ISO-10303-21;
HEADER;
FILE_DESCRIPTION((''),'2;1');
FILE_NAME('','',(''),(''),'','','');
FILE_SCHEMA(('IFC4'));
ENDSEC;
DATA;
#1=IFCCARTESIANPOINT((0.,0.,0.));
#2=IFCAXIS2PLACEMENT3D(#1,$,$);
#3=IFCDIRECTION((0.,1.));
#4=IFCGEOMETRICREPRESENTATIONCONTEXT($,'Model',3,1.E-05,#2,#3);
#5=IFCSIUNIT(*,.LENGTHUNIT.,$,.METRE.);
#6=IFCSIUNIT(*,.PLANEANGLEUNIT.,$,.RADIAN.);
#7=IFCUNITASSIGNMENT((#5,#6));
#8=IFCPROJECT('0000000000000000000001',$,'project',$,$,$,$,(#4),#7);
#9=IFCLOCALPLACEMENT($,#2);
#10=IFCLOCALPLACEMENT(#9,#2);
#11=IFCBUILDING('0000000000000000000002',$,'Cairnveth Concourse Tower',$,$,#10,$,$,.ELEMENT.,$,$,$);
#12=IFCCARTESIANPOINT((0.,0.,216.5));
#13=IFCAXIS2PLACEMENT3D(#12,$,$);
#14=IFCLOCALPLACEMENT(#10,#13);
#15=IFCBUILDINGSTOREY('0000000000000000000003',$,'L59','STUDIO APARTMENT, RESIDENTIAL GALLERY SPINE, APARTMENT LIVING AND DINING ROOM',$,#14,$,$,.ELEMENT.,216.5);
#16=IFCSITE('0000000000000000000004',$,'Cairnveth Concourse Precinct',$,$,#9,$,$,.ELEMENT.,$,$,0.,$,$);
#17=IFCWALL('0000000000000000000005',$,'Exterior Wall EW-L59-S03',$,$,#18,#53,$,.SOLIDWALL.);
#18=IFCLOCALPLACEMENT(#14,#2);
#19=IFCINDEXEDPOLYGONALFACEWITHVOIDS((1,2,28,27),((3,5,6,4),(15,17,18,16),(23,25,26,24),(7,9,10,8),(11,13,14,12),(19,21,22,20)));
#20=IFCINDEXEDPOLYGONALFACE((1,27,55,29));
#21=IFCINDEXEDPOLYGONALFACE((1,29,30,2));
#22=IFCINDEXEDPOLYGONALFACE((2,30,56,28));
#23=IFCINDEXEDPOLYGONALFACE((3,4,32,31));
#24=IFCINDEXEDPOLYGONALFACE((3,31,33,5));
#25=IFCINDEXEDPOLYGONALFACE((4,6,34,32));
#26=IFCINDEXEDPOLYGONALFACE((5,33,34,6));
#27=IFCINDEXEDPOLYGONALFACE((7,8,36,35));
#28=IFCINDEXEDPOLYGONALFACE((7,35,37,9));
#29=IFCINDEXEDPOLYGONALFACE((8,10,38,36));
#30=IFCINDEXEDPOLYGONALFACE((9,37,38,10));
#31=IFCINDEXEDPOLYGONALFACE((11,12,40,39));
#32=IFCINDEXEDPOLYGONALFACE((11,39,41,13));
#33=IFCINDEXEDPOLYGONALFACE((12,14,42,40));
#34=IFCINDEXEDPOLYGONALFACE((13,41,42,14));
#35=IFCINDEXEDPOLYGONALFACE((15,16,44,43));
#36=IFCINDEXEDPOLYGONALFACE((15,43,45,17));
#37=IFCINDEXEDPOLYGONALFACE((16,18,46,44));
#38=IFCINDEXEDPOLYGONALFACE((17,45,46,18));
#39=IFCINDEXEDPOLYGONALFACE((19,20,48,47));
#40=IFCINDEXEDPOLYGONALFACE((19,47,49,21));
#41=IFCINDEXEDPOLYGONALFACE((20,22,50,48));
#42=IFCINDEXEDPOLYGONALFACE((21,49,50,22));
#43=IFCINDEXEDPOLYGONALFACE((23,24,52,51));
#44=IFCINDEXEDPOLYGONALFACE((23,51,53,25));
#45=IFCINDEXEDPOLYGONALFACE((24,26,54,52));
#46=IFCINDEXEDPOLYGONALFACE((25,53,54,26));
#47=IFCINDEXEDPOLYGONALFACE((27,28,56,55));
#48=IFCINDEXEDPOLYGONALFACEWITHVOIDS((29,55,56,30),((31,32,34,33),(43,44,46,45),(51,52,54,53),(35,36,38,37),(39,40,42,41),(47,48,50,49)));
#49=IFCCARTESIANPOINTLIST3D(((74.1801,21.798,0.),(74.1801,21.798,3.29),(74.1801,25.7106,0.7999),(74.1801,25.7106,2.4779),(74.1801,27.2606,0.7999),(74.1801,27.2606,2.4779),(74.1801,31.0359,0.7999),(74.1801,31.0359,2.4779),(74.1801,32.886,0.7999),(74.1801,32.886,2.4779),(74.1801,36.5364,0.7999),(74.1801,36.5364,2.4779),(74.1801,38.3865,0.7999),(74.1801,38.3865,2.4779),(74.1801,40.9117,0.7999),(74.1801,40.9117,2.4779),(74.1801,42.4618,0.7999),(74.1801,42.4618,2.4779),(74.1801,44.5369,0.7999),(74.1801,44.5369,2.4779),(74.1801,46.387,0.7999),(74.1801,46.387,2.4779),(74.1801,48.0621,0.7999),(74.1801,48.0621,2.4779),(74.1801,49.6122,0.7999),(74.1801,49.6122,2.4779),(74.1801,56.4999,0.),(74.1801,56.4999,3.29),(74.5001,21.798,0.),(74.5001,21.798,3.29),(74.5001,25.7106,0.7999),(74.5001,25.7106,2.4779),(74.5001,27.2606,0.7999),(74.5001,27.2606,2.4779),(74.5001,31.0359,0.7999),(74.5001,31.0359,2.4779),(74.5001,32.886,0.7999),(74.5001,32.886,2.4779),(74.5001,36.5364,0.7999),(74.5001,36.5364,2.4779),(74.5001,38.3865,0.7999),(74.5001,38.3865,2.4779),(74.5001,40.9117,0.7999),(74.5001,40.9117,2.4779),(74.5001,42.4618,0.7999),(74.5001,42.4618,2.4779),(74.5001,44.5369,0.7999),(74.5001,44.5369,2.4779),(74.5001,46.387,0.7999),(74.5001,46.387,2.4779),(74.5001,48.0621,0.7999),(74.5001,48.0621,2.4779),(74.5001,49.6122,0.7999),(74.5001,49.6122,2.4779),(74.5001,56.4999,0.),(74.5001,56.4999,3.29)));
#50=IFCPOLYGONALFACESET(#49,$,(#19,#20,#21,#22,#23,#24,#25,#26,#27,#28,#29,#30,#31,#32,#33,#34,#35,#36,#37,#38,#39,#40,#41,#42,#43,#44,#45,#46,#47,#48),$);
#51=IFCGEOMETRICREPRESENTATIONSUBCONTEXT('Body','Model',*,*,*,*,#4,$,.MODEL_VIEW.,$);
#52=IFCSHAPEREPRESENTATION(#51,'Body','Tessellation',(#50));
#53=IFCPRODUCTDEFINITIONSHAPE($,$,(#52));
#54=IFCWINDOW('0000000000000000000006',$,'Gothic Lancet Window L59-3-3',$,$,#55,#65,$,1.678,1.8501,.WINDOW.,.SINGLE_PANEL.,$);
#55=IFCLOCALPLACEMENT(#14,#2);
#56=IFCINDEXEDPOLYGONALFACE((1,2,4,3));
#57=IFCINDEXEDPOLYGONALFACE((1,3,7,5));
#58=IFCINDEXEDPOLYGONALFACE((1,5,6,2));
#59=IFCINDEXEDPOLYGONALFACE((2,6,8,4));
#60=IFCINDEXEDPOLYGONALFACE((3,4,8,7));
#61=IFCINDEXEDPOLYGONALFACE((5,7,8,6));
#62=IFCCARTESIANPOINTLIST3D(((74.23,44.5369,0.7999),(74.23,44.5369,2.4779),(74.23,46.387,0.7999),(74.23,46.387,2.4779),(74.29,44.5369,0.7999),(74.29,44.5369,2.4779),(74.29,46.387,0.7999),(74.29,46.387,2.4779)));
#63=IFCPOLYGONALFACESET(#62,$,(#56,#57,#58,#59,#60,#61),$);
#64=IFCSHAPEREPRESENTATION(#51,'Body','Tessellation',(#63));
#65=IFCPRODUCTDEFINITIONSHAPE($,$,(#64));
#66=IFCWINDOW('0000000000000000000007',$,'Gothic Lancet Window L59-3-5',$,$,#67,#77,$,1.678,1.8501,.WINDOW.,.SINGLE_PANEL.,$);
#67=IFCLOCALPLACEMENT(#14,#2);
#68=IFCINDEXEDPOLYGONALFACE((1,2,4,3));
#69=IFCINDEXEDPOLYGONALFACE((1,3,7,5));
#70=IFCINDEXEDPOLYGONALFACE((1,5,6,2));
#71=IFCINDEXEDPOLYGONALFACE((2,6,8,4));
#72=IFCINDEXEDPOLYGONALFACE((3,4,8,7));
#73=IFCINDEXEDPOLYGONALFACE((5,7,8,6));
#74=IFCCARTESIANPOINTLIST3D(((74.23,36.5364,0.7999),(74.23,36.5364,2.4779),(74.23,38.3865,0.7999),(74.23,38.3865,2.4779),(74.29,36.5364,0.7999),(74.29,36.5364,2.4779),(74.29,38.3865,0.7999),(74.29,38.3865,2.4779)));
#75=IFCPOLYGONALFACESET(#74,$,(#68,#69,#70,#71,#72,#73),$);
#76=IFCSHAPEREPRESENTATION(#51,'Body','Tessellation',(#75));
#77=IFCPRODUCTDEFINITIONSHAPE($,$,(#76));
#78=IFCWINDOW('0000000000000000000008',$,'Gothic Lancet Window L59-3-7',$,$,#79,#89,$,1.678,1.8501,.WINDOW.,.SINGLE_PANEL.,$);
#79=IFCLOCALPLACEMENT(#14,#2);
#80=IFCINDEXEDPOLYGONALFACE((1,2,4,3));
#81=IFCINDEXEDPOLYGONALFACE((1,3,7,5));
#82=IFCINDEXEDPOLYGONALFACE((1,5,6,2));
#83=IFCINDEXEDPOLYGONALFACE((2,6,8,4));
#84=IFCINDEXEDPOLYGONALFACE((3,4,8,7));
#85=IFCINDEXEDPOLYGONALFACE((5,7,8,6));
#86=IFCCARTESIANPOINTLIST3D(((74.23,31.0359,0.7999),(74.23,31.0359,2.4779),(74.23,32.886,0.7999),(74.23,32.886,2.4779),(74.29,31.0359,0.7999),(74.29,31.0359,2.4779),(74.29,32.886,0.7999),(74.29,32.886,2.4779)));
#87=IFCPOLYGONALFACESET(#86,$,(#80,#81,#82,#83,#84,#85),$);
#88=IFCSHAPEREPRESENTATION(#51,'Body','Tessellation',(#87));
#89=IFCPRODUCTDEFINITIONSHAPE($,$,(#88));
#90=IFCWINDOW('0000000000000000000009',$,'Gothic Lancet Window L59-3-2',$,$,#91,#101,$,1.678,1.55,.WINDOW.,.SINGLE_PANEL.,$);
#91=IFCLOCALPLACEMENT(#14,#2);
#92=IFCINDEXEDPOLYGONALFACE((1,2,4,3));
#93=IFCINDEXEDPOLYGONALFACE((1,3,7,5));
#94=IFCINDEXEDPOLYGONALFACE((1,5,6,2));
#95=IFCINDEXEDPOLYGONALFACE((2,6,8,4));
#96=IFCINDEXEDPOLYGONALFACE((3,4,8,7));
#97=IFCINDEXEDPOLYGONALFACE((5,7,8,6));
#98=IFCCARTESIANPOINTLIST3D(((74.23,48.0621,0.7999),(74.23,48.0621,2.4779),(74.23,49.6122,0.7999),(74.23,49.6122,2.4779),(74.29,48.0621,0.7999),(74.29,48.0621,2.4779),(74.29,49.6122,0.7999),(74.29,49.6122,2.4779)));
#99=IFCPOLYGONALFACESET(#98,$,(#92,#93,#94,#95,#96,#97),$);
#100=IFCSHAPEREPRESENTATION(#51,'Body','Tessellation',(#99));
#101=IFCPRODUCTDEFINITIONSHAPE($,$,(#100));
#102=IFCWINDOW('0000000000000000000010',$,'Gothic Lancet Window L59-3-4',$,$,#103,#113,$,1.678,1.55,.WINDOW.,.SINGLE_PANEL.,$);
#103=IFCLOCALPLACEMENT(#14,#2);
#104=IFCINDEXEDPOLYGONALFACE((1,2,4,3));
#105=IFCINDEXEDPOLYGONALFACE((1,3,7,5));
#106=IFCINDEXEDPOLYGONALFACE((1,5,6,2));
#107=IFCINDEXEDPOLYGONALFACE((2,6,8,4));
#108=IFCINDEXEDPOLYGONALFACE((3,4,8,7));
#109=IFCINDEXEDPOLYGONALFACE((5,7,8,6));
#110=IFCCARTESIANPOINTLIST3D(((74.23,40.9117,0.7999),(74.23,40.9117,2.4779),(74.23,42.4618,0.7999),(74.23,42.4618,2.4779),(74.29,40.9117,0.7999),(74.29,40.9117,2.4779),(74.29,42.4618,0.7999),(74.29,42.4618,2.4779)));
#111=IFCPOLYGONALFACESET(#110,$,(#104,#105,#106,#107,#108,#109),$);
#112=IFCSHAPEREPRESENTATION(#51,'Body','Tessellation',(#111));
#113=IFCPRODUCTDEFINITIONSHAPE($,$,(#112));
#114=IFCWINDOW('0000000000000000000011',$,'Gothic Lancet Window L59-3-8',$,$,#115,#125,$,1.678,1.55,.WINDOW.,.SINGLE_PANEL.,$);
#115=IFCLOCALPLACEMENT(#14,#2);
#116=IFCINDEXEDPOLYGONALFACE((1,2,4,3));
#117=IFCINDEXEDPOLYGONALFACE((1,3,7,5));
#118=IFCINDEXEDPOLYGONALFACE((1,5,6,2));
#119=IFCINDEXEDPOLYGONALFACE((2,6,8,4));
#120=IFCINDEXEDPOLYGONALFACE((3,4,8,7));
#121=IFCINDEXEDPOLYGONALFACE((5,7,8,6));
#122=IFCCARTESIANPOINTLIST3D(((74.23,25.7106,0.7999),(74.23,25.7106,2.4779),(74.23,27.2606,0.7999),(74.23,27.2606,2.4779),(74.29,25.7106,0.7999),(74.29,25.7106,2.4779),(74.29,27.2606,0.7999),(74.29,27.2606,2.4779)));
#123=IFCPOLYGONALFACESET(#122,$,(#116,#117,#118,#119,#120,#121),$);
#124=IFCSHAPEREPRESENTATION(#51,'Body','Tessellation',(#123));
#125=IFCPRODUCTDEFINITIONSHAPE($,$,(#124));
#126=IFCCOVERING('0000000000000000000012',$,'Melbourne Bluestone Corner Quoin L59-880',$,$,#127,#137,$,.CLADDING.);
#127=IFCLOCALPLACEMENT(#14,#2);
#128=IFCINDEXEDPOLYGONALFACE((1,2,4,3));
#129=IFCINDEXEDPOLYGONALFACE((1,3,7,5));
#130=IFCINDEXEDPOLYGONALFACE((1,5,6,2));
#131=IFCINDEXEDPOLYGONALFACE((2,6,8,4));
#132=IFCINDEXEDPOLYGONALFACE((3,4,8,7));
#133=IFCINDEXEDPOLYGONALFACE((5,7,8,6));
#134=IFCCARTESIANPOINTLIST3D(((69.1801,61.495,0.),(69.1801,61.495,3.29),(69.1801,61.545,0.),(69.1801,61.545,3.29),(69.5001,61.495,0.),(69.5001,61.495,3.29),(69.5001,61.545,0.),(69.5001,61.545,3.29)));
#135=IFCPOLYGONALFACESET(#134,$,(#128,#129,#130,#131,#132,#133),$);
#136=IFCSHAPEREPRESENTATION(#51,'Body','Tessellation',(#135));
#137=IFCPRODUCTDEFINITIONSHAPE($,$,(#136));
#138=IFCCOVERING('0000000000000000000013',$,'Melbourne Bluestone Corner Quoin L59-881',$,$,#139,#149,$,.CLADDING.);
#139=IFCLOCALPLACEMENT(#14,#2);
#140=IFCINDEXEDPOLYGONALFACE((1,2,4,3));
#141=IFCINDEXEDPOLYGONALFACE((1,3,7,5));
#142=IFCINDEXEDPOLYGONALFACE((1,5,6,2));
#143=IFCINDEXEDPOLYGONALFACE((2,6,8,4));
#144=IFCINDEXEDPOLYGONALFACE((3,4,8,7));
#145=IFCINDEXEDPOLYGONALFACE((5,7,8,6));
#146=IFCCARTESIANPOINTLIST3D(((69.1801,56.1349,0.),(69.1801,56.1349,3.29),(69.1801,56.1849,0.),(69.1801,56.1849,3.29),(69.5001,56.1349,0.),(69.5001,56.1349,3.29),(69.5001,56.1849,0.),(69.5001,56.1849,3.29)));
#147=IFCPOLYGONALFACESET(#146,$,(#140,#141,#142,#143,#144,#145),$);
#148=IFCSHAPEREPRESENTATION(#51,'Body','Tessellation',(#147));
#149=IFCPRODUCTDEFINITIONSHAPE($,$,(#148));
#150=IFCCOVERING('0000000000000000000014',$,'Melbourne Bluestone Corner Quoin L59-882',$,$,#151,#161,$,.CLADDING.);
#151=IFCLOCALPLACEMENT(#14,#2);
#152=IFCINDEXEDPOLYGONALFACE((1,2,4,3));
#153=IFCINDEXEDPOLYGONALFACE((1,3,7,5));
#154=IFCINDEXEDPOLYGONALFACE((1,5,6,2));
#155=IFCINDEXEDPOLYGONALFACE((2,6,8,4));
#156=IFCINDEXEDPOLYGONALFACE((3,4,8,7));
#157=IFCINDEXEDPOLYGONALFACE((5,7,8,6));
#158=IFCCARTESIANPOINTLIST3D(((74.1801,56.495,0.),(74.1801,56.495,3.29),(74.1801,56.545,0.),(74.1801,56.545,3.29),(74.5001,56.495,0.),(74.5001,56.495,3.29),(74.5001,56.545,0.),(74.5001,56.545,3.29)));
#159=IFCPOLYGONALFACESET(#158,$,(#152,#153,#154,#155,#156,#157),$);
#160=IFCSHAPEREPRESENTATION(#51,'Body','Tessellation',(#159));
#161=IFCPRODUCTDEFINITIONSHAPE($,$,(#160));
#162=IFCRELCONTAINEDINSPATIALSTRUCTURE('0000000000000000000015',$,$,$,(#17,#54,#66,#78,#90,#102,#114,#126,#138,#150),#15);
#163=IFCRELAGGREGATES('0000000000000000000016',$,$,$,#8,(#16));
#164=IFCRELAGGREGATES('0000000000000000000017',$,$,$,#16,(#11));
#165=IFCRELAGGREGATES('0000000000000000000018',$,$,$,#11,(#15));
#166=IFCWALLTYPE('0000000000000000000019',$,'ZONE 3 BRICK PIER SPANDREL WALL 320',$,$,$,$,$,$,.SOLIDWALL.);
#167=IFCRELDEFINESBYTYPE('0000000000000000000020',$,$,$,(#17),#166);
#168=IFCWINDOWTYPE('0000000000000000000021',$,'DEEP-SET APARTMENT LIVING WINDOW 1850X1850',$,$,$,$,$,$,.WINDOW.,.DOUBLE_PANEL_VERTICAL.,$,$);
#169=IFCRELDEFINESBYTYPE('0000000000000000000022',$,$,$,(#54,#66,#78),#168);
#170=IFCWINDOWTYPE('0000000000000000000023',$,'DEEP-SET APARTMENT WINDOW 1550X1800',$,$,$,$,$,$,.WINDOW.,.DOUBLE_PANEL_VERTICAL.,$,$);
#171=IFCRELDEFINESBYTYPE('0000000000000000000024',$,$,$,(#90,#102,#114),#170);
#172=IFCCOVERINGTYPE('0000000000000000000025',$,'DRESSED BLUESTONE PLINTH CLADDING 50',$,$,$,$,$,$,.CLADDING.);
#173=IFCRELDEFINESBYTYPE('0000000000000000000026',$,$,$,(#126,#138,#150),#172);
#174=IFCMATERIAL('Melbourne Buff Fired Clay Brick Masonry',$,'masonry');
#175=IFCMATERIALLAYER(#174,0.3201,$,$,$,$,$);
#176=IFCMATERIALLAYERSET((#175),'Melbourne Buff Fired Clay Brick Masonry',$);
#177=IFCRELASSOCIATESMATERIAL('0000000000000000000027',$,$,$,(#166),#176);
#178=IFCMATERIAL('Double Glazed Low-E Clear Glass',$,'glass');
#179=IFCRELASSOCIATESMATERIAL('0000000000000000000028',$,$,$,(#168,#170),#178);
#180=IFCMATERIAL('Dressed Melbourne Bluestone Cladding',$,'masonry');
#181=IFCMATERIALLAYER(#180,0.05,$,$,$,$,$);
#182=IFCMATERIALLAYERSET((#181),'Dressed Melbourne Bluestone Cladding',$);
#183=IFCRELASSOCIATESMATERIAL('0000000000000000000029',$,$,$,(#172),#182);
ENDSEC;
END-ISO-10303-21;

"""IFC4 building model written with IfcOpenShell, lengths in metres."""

from ifc_helpers import new_model, si_unit, direction, frame, frame_2d, origin, place, context, subcontext, project, spatial, rectangle, extrude, material, layer, layer_set, type_object, element, fill, save


model = new_model("IFC4")

# Units and contexts
model_context = context("Model", 3, precision=1e-05, world=origin(), true_north=direction((0.0, 1.0)))
body_context = subcontext(model_context, "Body", "Model", "MODEL_VIEW")
ifc_project = project(units=[si_unit("LENGTHUNIT", "METRE"), si_unit("PLANEANGLEUNIT", "RADIAN")], contexts=[model_context])

# Site, building, storey
site_placement = place(None, origin())
site = spatial("IfcSite", under=ifc_project, at=site_placement, Name="Cairnveth Concourse Precinct", CompositionType="ELEMENT", RefElevation=0.0)
building_placement = place(site_placement, origin())
building = spatial("IfcBuilding", under=site, at=building_placement, Name="Cairnveth Concourse Tower", CompositionType="ELEMENT")
storey_placement = place(building_placement, frame((0.0, 0.0, 216.5)))
storey = spatial("IfcBuildingStorey", under=building, at=storey_placement, Name="L59", Description="STUDIO APARTMENT, RESIDENTIAL GALLERY SPINE, APARTMENT LIVING AND DINING ROOM", CompositionType="ELEMENT", Elevation=216.5)

# Shared definitions
ifc_material_1 = material(Name="Melbourne Buff Fired Clay Brick Masonry", Category="masonry")
ifc_layer_1 = layer(ifc_material_1, 0.3201)
ifc_layer_set_1 = layer_set([ifc_layer_1], Name="Melbourne Buff Fired Clay Brick Masonry")
wall_type = type_object("IfcWallType", Name="ZONE 3 BRICK PIER SPANDREL WALL 320", PredefinedType="SOLIDWALL", material=ifc_layer_set_1)
ifc_material_2 = material(Name="Double Glazed Low-E Clear Glass", Category="glass")

# Wall, openings, windows
wall_1_placement = place(storey_placement, frame((74.3401, 56.5, 0.0), z_axis=(0.0, 0.0, 1.0), x_axis=(0.0, -1.0, 0.0)))
wall_1 = element("IfcWall", 1, at=wall_1_placement, inside=storey, type_object=wall_type, Name="Exterior Wall EW-L59-S03", PredefinedType="SOLIDWALL", context=body_context, shape_type="SweptSolid", body=[
    extrude(rectangle(XDim=34.7019, YDim=0.3201, at=frame_2d((17.3511, 0.0))), origin(), (0.0, 0.0, 1.0), 3.29),
])
opening_1_placement = place(wall_1_placement, frame((6.8879, 0.0, 0.8)))
opening_1 = element("IfcOpeningElement", 2, at=opening_1_placement, cuts=wall_1, PredefinedType="OPENING", context=body_context, shape_type="SweptSolid", body=[
    extrude(rectangle(XDim=1.55, YDim=1.678, at=frame_2d((0.7749, 0.8389))), frame((0.0, 0.1699, 0.0), z_axis=(0.0, -1.0, 0.0), x_axis=(1.0, 0.0, 0.0)), (0.0, 0.0, 1.0), 0.3401),
])
opening_2_placement = place(wall_1_placement, frame((10.113, 0.0, 0.8)))
opening_2 = element("IfcOpeningElement", 3, at=opening_2_placement, cuts=wall_1, PredefinedType="OPENING", context=body_context, shape_type="SweptSolid", body=[
    extrude(rectangle(XDim=1.8501, YDim=1.678, at=frame_2d((0.925, 0.8389))), frame((0.0, 0.1699, 0.0), z_axis=(0.0, -1.0, 0.0), x_axis=(1.0, 0.0, 0.0)), (0.0, 0.0, 1.0), 0.3401),
])
opening_3_placement = place(wall_1_placement, frame((14.0383, 0.0, 0.8)))
opening_3 = element("IfcOpeningElement", 4, at=opening_3_placement, cuts=wall_1, PredefinedType="OPENING", context=body_context, shape_type="SweptSolid", body=[
    extrude(rectangle(XDim=1.55, YDim=1.678, at=frame_2d((0.7749, 0.8389))), frame((0.0, 0.1699, 0.0), z_axis=(0.0, -1.0, 0.0), x_axis=(1.0, 0.0, 0.0)), (0.0, 0.0, 1.0), 0.3401),
])
opening_4_placement = place(wall_1_placement, frame((18.1135, 0.0, 0.8)))
opening_4 = element("IfcOpeningElement", 5, at=opening_4_placement, cuts=wall_1, PredefinedType="OPENING", context=body_context, shape_type="SweptSolid", body=[
    extrude(rectangle(XDim=1.8501, YDim=1.678, at=frame_2d((0.925, 0.8389))), frame((0.0, 0.1699, 0.0), z_axis=(0.0, -1.0, 0.0), x_axis=(1.0, 0.0, 0.0)), (0.0, 0.0, 1.0), 0.3401),
])
opening_5_placement = place(wall_1_placement, frame((23.614, 0.0, 0.8)))
opening_5 = element("IfcOpeningElement", 6, at=opening_5_placement, cuts=wall_1, PredefinedType="OPENING", context=body_context, shape_type="SweptSolid", body=[
    extrude(rectangle(XDim=1.8501, YDim=1.678, at=frame_2d((0.925, 0.8389))), frame((0.0, 0.1699, 0.0), z_axis=(0.0, -1.0, 0.0), x_axis=(1.0, 0.0, 0.0)), (0.0, 0.0, 1.0), 0.3401),
])
opening_6_placement = place(wall_1_placement, frame((29.2395, 0.0, 0.8)))
opening_6 = element("IfcOpeningElement", 7, at=opening_6_placement, cuts=wall_1, PredefinedType="OPENING", context=body_context, shape_type="SweptSolid", body=[
    extrude(rectangle(XDim=1.55, YDim=1.678, at=frame_2d((0.7749, 0.8389))), frame((0.0, 0.1699, 0.0), z_axis=(0.0, -1.0, 0.0), x_axis=(1.0, 0.0, 0.0)), (0.0, 0.0, 1.0), 0.3401),
])
window_type_1 = type_object("IfcWindowType", Name="DEEP-SET APARTMENT LIVING WINDOW 1850X1850", PartitioningType="DOUBLE_PANEL_VERTICAL", PredefinedType="WINDOW", material=ifc_material_2)
window_1_placement = place(opening_2_placement, origin())
window_1 = element("IfcWindow", 8, at=window_1_placement, inside=storey, type_object=window_type_1, Name="Gothic Lancet Window L59-3-3", OverallHeight=1.678, OverallWidth=1.8501, PartitioningType="SINGLE_PANEL", PredefinedType="WINDOW", context=body_context, shape_type="SweptSolid", body=[
    extrude(rectangle(XDim=1.8501, YDim=1.678, at=frame_2d((0.925, 0.8389))), frame((0.0, -0.05, 0.0), z_axis=(0.0, -1.0, 0.0), x_axis=(1.0, 0.0, 0.0)), (0.0, 0.0, 1.0), 0.0601),
])
fill(opening_2, window_1)
window_2_placement = place(opening_4_placement, origin())
window_2 = element("IfcWindow", 9, at=window_2_placement, inside=storey, type_object=window_type_1, Name="Gothic Lancet Window L59-3-5", OverallHeight=1.678, OverallWidth=1.8501, PartitioningType="SINGLE_PANEL", PredefinedType="WINDOW", context=body_context, shape_type="SweptSolid", body=[
    extrude(rectangle(XDim=1.8501, YDim=1.678, at=frame_2d((0.925, 0.8389))), frame((0.0, -0.05, 0.0), z_axis=(0.0, -1.0, 0.0), x_axis=(1.0, 0.0, 0.0)), (0.0, 0.0, 1.0), 0.0601),
])
fill(opening_4, window_2)
window_3_placement = place(opening_5_placement, origin())
window_3 = element("IfcWindow", 10, at=window_3_placement, inside=storey, type_object=window_type_1, Name="Gothic Lancet Window L59-3-7", OverallHeight=1.678, OverallWidth=1.8501, PartitioningType="SINGLE_PANEL", PredefinedType="WINDOW", context=body_context, shape_type="SweptSolid", body=[
    extrude(rectangle(XDim=1.8501, YDim=1.678, at=frame_2d((0.925, 0.8389))), frame((0.0, -0.05, 0.0), z_axis=(0.0, -1.0, 0.0), x_axis=(1.0, 0.0, 0.0)), (0.0, 0.0, 1.0), 0.0601),
])
fill(opening_5, window_3)
window_type_2 = type_object("IfcWindowType", Name="DEEP-SET APARTMENT WINDOW 1550X1800", PartitioningType="DOUBLE_PANEL_VERTICAL", PredefinedType="WINDOW", material=ifc_material_2)
window_4_placement = place(opening_1_placement, origin())
window_4 = element("IfcWindow", 11, at=window_4_placement, inside=storey, type_object=window_type_2, Name="Gothic Lancet Window L59-3-2", OverallHeight=1.678, OverallWidth=1.55, PartitioningType="SINGLE_PANEL", PredefinedType="WINDOW", context=body_context, shape_type="SweptSolid", body=[
    extrude(rectangle(XDim=1.55, YDim=1.678, at=frame_2d((0.7749, 0.8389))), frame((0.0, -0.05, 0.0), z_axis=(0.0, -1.0, 0.0), x_axis=(1.0, 0.0, 0.0)), (0.0, 0.0, 1.0), 0.0601),
])
fill(opening_1, window_4)
window_5_placement = place(opening_3_placement, origin())
window_5 = element("IfcWindow", 12, at=window_5_placement, inside=storey, type_object=window_type_2, Name="Gothic Lancet Window L59-3-4", OverallHeight=1.678, OverallWidth=1.55, PartitioningType="SINGLE_PANEL", PredefinedType="WINDOW", context=body_context, shape_type="SweptSolid", body=[
    extrude(rectangle(XDim=1.55, YDim=1.678, at=frame_2d((0.7749, 0.8389))), frame((0.0, -0.05, 0.0), z_axis=(0.0, -1.0, 0.0), x_axis=(1.0, 0.0, 0.0)), (0.0, 0.0, 1.0), 0.0601),
])
fill(opening_3, window_5)
window_6_placement = place(opening_6_placement, origin())
window_6 = element("IfcWindow", 13, at=window_6_placement, inside=storey, type_object=window_type_2, Name="Gothic Lancet Window L59-3-8", OverallHeight=1.678, OverallWidth=1.55, PartitioningType="SINGLE_PANEL", PredefinedType="WINDOW", context=body_context, shape_type="SweptSolid", body=[
    extrude(rectangle(XDim=1.55, YDim=1.678, at=frame_2d((0.7749, 0.8389))), frame((0.0, -0.05, 0.0), z_axis=(0.0, -1.0, 0.0), x_axis=(1.0, 0.0, 0.0)), (0.0, 0.0, 1.0), 0.0601),
])
fill(opening_6, window_6)

# Coverings
ifc_material_3 = material(Name="Dressed Melbourne Bluestone Cladding", Category="masonry")
ifc_layer_2 = layer(ifc_material_3, 0.05)
ifc_layer_set_2 = layer_set([ifc_layer_2], Name="Dressed Melbourne Bluestone Cladding")
covering_type = type_object("IfcCoveringType", Name="DRESSED BLUESTONE PLINTH CLADDING 50", PredefinedType="CLADDING", material=ifc_layer_set_2)
for number, where, z_axis, x_axis, name in (
    (14, (69.1799, 61.52, 0.0), (0.0, 0.0, 1.0), (1.0, 0.0, 0.0), "Melbourne Bluestone Corner Quoin L59-880"),
    (15, (69.1799, 56.1599, 0.0), (0.0, 0.0, 1.0), (1.0, 0.0, 0.0), "Melbourne Bluestone Corner Quoin L59-881"),
    (16, (74.1799, 56.52, 0.0), (0.0, 0.0, 1.0), (1.0, 0.0, 0.0), "Melbourne Bluestone Corner Quoin L59-882"),
):
    element("IfcCovering", number, at=place(storey_placement, frame(where, z_axis=z_axis, x_axis=x_axis)), inside=storey, type_object=covering_type, Name=name, PredefinedType="CLADDING", context=body_context, shape_type="SweptSolid", body=[
        extrude(rectangle(XDim=0.3201, YDim=0.05, at=frame_2d((0.1602, 0.0))), origin(), (0.0, 0.0, 1.0), 3.29),
    ])

save(model, "model.ifc")
